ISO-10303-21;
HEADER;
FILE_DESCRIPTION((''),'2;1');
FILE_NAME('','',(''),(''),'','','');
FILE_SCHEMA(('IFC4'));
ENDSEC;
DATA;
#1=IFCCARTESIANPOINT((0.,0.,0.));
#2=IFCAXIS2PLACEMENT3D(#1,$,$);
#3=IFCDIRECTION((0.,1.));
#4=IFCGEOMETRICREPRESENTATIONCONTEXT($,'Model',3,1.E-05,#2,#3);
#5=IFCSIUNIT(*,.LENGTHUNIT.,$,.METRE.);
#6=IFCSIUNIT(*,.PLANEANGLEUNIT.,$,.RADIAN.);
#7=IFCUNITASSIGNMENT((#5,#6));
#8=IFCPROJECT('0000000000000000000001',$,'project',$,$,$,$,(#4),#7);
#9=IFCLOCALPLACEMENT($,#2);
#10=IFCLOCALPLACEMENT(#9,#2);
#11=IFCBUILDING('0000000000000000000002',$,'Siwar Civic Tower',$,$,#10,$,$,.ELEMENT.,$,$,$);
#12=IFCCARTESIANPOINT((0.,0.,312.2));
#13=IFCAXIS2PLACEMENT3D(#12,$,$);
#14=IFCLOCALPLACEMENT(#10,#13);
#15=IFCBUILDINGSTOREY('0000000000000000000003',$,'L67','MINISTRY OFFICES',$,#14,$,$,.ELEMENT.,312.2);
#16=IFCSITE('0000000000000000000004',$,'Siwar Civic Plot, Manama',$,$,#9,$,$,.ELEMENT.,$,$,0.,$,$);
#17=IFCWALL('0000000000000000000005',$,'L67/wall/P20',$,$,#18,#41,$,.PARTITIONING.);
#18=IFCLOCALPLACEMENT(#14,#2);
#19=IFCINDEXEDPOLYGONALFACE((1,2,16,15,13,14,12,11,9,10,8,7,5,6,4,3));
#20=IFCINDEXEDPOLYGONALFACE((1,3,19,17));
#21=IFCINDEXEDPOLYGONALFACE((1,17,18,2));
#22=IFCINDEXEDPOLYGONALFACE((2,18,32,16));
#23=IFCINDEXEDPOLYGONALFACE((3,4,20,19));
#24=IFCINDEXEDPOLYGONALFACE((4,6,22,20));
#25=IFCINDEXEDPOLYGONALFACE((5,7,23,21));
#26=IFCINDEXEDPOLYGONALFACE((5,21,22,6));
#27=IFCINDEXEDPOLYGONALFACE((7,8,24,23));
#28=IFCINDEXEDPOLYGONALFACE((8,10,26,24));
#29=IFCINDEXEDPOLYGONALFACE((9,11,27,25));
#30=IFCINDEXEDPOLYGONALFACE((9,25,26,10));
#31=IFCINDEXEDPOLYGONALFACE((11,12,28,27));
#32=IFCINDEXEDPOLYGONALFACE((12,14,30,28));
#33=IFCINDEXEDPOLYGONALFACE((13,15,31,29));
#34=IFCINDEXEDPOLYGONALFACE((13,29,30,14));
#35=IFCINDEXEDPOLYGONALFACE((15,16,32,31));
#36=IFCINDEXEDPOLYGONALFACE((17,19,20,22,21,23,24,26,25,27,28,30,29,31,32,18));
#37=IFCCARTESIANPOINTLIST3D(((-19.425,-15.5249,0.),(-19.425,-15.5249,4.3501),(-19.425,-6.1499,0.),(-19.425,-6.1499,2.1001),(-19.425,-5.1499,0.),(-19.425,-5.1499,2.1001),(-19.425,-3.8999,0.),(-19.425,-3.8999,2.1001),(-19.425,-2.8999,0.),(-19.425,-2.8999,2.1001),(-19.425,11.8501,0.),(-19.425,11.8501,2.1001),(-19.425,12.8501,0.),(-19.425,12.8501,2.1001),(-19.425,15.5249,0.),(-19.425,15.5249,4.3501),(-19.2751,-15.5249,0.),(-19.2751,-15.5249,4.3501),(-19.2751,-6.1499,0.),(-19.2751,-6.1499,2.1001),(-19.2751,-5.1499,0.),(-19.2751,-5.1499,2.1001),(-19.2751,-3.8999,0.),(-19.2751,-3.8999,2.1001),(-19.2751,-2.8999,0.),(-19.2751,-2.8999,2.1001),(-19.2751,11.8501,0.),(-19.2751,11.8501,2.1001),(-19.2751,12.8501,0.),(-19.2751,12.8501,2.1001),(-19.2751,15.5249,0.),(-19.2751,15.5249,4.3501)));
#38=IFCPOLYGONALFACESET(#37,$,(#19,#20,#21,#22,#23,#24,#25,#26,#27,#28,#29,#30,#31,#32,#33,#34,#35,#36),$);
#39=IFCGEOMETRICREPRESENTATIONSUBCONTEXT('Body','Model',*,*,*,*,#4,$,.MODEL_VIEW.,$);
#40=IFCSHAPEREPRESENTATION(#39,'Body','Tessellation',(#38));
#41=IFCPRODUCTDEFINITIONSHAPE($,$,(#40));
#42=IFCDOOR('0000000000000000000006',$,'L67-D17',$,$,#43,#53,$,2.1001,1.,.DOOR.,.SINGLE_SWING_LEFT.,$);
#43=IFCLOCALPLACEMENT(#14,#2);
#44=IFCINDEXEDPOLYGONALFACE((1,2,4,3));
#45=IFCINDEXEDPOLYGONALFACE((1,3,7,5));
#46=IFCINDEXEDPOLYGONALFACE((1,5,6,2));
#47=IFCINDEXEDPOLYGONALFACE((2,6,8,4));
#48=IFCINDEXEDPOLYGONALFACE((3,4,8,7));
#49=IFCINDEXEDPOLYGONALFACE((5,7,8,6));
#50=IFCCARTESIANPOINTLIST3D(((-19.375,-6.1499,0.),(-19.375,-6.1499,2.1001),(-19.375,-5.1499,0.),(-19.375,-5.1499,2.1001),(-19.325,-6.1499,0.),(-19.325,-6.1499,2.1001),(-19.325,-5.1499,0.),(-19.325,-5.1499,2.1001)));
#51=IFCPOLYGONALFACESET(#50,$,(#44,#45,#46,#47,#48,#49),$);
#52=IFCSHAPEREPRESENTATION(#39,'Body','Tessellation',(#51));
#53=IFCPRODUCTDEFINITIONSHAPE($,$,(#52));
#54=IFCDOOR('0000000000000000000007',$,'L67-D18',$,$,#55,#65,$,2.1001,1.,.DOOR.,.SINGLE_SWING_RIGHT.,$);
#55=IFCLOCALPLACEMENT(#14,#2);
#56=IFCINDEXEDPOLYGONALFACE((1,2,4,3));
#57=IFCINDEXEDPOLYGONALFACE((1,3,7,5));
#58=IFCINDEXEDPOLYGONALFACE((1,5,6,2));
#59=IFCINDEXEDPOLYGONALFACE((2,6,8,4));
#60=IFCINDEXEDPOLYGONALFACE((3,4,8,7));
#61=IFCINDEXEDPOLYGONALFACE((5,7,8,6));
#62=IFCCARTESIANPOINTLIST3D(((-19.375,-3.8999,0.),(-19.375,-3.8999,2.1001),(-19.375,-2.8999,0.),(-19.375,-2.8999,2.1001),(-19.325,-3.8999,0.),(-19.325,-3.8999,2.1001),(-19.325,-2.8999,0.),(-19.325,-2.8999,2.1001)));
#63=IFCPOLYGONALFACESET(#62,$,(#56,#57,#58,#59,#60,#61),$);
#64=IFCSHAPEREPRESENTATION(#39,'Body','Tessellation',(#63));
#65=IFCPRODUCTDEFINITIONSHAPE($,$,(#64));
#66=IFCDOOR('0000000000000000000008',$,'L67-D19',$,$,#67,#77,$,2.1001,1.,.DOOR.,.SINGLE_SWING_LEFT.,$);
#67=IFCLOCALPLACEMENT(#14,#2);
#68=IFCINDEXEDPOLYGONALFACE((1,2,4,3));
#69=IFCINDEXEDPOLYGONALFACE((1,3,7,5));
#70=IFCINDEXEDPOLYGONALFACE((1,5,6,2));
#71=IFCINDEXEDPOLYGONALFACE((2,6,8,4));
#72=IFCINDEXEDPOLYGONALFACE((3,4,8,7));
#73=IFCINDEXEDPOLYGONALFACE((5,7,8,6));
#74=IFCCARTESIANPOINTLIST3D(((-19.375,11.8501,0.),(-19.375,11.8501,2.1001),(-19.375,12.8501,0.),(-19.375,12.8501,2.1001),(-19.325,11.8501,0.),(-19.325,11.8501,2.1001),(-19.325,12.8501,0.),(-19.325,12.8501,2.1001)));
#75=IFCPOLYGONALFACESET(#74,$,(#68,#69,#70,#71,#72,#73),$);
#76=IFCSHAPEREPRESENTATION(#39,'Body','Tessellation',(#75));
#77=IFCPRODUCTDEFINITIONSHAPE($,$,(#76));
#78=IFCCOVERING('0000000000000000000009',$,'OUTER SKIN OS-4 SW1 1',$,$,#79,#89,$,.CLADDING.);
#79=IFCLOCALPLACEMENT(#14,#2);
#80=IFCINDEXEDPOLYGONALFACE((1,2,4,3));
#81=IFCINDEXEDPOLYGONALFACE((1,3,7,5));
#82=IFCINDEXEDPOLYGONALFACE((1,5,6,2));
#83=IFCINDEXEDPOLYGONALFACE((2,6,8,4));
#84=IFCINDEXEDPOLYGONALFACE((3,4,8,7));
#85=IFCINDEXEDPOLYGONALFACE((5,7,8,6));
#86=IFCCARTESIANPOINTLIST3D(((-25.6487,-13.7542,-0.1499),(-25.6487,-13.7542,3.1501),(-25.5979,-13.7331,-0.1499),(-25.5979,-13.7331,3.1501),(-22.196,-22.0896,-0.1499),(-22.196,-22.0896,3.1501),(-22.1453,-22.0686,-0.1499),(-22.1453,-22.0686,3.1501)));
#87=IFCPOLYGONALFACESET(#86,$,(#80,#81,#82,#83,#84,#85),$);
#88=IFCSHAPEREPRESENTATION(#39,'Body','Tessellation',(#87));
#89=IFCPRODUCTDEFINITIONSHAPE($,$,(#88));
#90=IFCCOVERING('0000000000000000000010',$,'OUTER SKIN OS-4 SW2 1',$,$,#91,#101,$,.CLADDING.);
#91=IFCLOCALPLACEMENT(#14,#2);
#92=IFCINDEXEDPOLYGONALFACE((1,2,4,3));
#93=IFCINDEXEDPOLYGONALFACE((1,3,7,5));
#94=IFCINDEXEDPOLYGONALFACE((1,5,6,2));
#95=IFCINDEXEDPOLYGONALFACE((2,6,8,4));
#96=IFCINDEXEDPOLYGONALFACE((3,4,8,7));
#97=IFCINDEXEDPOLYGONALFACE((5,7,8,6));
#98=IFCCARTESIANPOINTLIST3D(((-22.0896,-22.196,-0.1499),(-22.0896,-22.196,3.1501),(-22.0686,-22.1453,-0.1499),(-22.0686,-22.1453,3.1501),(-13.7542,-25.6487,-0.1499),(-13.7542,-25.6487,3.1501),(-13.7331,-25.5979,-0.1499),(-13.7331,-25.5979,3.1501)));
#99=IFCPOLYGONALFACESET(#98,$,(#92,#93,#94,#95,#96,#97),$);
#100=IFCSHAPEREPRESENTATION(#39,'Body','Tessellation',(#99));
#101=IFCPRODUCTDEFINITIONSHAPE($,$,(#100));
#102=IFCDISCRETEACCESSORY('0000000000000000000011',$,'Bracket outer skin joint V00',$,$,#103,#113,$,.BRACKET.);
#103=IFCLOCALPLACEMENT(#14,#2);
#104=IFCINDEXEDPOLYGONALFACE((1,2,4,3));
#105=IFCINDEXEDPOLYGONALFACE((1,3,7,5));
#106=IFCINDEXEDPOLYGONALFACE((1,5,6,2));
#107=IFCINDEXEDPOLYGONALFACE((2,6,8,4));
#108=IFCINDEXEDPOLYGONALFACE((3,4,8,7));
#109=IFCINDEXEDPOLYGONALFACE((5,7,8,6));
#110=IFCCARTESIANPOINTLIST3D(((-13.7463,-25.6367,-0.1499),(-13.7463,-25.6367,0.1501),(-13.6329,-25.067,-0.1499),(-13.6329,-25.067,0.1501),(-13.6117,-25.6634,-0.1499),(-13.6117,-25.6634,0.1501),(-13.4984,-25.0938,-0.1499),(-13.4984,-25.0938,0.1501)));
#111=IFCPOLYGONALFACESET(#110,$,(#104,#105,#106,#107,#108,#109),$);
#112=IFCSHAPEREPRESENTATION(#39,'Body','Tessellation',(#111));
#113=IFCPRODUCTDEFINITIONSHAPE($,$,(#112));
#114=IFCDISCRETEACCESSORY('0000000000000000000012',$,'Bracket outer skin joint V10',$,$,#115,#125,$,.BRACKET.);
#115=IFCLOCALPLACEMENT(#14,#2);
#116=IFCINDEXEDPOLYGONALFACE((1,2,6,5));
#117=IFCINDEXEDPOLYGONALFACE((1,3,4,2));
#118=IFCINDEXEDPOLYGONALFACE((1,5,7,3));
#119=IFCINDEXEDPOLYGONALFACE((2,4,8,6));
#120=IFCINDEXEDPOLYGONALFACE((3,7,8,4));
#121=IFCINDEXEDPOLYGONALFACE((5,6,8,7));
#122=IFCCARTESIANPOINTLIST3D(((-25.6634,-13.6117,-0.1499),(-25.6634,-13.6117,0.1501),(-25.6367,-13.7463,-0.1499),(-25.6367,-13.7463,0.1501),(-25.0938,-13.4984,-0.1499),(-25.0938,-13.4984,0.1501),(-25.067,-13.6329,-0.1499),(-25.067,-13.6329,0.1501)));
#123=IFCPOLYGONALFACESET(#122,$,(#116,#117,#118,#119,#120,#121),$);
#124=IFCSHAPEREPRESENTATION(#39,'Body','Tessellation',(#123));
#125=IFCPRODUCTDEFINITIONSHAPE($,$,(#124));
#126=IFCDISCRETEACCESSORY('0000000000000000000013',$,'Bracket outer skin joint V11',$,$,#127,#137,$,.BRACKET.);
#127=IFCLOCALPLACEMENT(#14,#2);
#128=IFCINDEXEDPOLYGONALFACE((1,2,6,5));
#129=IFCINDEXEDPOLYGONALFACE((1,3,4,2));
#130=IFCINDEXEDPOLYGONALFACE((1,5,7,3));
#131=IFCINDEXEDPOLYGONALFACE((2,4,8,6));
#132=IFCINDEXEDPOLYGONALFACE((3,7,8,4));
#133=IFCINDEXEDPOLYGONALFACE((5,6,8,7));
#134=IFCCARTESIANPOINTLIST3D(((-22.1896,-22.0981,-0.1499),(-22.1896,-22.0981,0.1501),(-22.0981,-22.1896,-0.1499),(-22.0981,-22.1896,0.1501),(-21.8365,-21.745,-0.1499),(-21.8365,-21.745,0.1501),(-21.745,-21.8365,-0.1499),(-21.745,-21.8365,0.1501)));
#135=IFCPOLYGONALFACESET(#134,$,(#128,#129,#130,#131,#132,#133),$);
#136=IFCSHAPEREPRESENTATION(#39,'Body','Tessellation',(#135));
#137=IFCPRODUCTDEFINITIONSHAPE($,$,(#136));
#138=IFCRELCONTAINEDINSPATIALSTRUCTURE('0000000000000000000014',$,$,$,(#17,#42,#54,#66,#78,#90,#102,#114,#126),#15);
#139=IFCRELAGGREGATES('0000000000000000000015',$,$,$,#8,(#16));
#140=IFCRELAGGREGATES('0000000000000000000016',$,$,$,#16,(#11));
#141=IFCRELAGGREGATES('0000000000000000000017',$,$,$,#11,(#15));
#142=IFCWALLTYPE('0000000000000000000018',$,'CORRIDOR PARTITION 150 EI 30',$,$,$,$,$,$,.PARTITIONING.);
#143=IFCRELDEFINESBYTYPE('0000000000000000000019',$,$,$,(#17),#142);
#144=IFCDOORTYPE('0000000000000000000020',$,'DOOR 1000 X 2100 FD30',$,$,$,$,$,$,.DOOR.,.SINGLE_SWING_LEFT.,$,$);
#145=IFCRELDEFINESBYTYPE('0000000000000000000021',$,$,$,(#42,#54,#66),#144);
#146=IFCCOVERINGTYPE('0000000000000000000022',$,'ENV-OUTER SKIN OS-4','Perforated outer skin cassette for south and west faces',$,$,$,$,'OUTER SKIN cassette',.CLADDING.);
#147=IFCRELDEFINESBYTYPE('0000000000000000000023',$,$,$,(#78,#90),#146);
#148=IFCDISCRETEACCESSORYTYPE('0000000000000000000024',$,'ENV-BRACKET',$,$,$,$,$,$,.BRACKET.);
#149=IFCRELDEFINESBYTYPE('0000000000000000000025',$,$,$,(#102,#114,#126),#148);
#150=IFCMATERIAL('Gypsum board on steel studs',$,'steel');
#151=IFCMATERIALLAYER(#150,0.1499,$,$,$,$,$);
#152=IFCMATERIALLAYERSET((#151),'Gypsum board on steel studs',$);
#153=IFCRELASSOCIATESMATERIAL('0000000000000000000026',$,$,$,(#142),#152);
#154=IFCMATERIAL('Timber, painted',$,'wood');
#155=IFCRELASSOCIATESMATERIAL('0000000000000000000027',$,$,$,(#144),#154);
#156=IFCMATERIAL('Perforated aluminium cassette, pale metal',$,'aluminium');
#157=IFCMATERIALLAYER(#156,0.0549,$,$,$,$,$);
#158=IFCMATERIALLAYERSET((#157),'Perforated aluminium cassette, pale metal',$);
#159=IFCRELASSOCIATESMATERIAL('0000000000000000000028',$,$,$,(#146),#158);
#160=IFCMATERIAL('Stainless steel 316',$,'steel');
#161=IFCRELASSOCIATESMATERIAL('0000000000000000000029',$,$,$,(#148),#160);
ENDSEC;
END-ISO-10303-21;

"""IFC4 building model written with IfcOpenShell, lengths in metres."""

from ifc_helpers import new_model, si_unit, direction, frame, frame_2d, origin, origin_2d, place, context, subcontext, project, spatial, rectangle, extrude, material, layer, layer_set, type_object, element, fill, save


model = new_model("IFC4")

# Units and contexts
model_context = context("Model", 3, precision=1e-05, world=origin(), true_north=direction((0.0, 1.0)))
body_context = subcontext(model_context, "Body", "Model", "MODEL_VIEW")
ifc_project = project(units=[si_unit("LENGTHUNIT", "METRE"), si_unit("PLANEANGLEUNIT", "RADIAN")], contexts=[model_context])

# Site, building, storey
site_placement = place(None, origin())
site = spatial("IfcSite", under=ifc_project, at=site_placement, Name="Siwar Civic Plot, Manama", CompositionType="ELEMENT", RefElevation=0.0)
building_placement = place(site_placement, origin())
building = spatial("IfcBuilding", under=site, at=building_placement, Name="Siwar Civic Tower", CompositionType="ELEMENT")
storey_placement = place(building_placement, frame((0.0, 0.0, 312.2)))
storey = spatial("IfcBuildingStorey", under=building, at=storey_placement, Name="L67", Description="MINISTRY OFFICES", CompositionType="ELEMENT", Elevation=312.2)

# Wall, openings, doors
ifc_material_1 = material(Name="Gypsum board on steel studs", Category="steel")
ifc_layer_1 = layer(ifc_material_1, 0.1499)
ifc_layer_set_1 = layer_set([ifc_layer_1], Name="Gypsum board on steel studs")
wall_type = type_object("IfcWallType", Name="CORRIDOR PARTITION 150 EI 30", PredefinedType="PARTITIONING", material=ifc_layer_set_1)
ifc_material_2 = material(Name="Timber, painted", Category="wood")
door_type = type_object("IfcDoorType", Name="DOOR 1000 X 2100 FD30", OperationType="SINGLE_SWING_LEFT", PredefinedType="DOOR", material=ifc_material_2)
wall_1_placement = place(storey_placement, frame((-19.3501, -15.5249, 0.0), z_axis=(0.0, 0.0, 1.0), x_axis=(0.0, 1.0, 0.0)))
wall_1 = element("IfcWall", 1, at=wall_1_placement, inside=storey, type_object=wall_type, Name="L67/wall/P20", PredefinedType="PARTITIONING", context=body_context, shape_type="SweptSolid", body=[
    extrude(rectangle(XDim=31.0498, YDim=0.1499, at=frame_2d((15.5249, 0.0))), origin(), (0.0, 0.0, 1.0), 4.3501),
])
opening_1_placement = place(wall_1_placement, frame((9.375, 0.0, 0.0)))
opening_1 = element("IfcOpeningElement", 2, at=opening_1_placement, cuts=wall_1, PredefinedType="OPENING", context=body_context, shape_type="SweptSolid", body=[
    extrude(rectangle(XDim=1.0, YDim=2.1001, at=frame_2d((0.5, 1.05))), frame((0.0, 0.085, 0.0), z_axis=(0.0, -1.0, 0.0), x_axis=(1.0, 0.0, 0.0)), (0.0, 0.0, 1.0), 0.1699),
])
opening_2_placement = place(wall_1_placement, frame((11.625, 0.0, 0.0)))
opening_2 = element("IfcOpeningElement", 3, at=opening_2_placement, cuts=wall_1, PredefinedType="OPENING", context=body_context, shape_type="SweptSolid", body=[
    extrude(rectangle(XDim=1.0, YDim=2.1001, at=frame_2d((0.5, 1.05))), frame((0.0, 0.085, 0.0), z_axis=(0.0, -1.0, 0.0), x_axis=(1.0, 0.0, 0.0)), (0.0, 0.0, 1.0), 0.1699),
])
opening_3_placement = place(wall_1_placement, frame((27.375, 0.0, 0.0)))
opening_3 = element("IfcOpeningElement", 4, at=opening_3_placement, cuts=wall_1, PredefinedType="OPENING", context=body_context, shape_type="SweptSolid", body=[
    extrude(rectangle(XDim=1.0, YDim=2.1001, at=frame_2d((0.5, 1.05))), frame((0.0, 0.085, 0.0), z_axis=(0.0, -1.0, 0.0), x_axis=(1.0, 0.0, 0.0)), (0.0, 0.0, 1.0), 0.1699),
])
door_1_placement = place(opening_1_placement, origin())
door_1 = element("IfcDoor", 5, at=door_1_placement, inside=storey, type_object=door_type, Name="L67-D17", OperationType="SINGLE_SWING_LEFT", OverallHeight=2.1001, OverallWidth=1.0, PredefinedType="DOOR", context=body_context, shape_type="SweptSolid", body=[
    extrude(rectangle(XDim=1.0, YDim=2.1001, at=frame_2d((0.5, 1.05))), frame((0.0, 0.0249, 0.0), z_axis=(0.0, -1.0, 0.0), x_axis=(1.0, 0.0, 0.0)), (0.0, 0.0, 1.0), 0.05),
])
fill(opening_1, door_1)
door_2_placement = place(opening_2_placement, origin())
door_2 = element("IfcDoor", 6, at=door_2_placement, inside=storey, type_object=door_type, Name="L67-D18", OperationType="SINGLE_SWING_RIGHT", OverallHeight=2.1001, OverallWidth=1.0, PredefinedType="DOOR", context=body_context, shape_type="SweptSolid", body=[
    extrude(rectangle(XDim=1.0, YDim=2.1001, at=frame_2d((0.5, 1.05))), frame((0.0, 0.0249, 0.0), z_axis=(0.0, -1.0, 0.0), x_axis=(1.0, 0.0, 0.0)), (0.0, 0.0, 1.0), 0.05),
])
fill(opening_2, door_2)
door_3_placement = place(opening_3_placement, origin())
door_3 = element("IfcDoor", 7, at=door_3_placement, inside=storey, type_object=door_type, Name="L67-D19", OperationType="SINGLE_SWING_LEFT", OverallHeight=2.1001, OverallWidth=1.0, PredefinedType="DOOR", context=body_context, shape_type="SweptSolid", body=[
    extrude(rectangle(XDim=1.0, YDim=2.1001, at=frame_2d((0.5, 1.05))), frame((0.0, 0.0249, 0.0), z_axis=(0.0, -1.0, 0.0), x_axis=(1.0, 0.0, 0.0)), (0.0, 0.0, 1.0), 0.05),
])
fill(opening_3, door_3)

# Coverings
ifc_material_3 = material(Name="Perforated aluminium cassette, pale metal", Category="aluminium")
ifc_layer_2 = layer(ifc_material_3, 0.0549)
ifc_layer_set_2 = layer_set([ifc_layer_2], Name="Perforated aluminium cassette, pale metal")
covering_type = type_object("IfcCoveringType", Name="ENV-OUTER SKIN OS-4", Description="Perforated outer skin cassette for south and west faces", ElementType="OUTER SKIN cassette", PredefinedType="CLADDING", material=ifc_layer_set_2)
for number, where, z_axis, x_axis, name in (
    (8, (-23.897, -17.9114, -0.1499), (0.0, 0.0, 1.0), (0.382683, -0.92388, 0.0), "OUTER SKIN OS-4 SW1 1"),
    (9, (-17.9114, -23.897, -0.1499), (0.0, 0.0, 1.0), (0.92388, -0.382683, 0.0), "OUTER SKIN OS-4 SW2 1"),
):
    element("IfcCovering", number, at=place(storey_placement, frame(where, z_axis=z_axis, x_axis=x_axis)), inside=storey, type_object=covering_type, Name=name, PredefinedType="CLADDING", context=body_context, shape_type="SweptSolid", body=[
        extrude(rectangle(XDim=9.0222, YDim=0.0549, at=origin_2d()), origin(), (0.0, 0.0, 1.0), 3.3),
    ])

# Discrete accessories
ifc_material_4 = material(Name="Stainless steel 316", Category="steel")
discrete_accessory_type = type_object("IfcDiscreteAccessoryType", Name="ENV-BRACKET", PredefinedType="BRACKET", material=ifc_material_4)
for number, where, z_axis, x_axis, name in (
    (10, (-13.6223, -25.3652, -0.1499), (0.0, 0.0, 1.0), (-0.19509, -0.980785, 0.0), "Bracket outer skin joint V00"),
    (11, (-25.3652, -13.6223, -0.1499), (0.0, 0.0, 1.0), (-0.980785, -0.19509, 0.0), "Bracket outer skin joint V10"),
):
    element("IfcDiscreteAccessory", number, at=place(storey_placement, frame(where, z_axis=z_axis, x_axis=x_axis)), inside=storey, type_object=discrete_accessory_type, Name=name, PredefinedType="BRACKET", context=body_context, shape_type="SweptSolid", body=[
        extrude(rectangle(XDim=0.5808, YDim=0.1372, at=origin_2d()), origin(), (0.0, 0.0, 1.0), 0.3),
    ])
discrete_accessory_placement = place(storey_placement, frame((-21.9673, -21.9673, -0.1499), z_axis=(0.0, 0.0, 1.0), x_axis=(-0.707107, -0.707107, 0.0)))
element("IfcDiscreteAccessory", 12, at=discrete_accessory_placement, inside=storey, type_object=discrete_accessory_type, Name="Bracket outer skin joint V11", PredefinedType="BRACKET", context=body_context, shape_type="SweptSolid", body=[
    extrude(rectangle(XDim=0.4993, YDim=0.1294, at=origin_2d()), origin(), (0.0, 0.0, 1.0), 0.3),
])

save(model, "model.ifc")
